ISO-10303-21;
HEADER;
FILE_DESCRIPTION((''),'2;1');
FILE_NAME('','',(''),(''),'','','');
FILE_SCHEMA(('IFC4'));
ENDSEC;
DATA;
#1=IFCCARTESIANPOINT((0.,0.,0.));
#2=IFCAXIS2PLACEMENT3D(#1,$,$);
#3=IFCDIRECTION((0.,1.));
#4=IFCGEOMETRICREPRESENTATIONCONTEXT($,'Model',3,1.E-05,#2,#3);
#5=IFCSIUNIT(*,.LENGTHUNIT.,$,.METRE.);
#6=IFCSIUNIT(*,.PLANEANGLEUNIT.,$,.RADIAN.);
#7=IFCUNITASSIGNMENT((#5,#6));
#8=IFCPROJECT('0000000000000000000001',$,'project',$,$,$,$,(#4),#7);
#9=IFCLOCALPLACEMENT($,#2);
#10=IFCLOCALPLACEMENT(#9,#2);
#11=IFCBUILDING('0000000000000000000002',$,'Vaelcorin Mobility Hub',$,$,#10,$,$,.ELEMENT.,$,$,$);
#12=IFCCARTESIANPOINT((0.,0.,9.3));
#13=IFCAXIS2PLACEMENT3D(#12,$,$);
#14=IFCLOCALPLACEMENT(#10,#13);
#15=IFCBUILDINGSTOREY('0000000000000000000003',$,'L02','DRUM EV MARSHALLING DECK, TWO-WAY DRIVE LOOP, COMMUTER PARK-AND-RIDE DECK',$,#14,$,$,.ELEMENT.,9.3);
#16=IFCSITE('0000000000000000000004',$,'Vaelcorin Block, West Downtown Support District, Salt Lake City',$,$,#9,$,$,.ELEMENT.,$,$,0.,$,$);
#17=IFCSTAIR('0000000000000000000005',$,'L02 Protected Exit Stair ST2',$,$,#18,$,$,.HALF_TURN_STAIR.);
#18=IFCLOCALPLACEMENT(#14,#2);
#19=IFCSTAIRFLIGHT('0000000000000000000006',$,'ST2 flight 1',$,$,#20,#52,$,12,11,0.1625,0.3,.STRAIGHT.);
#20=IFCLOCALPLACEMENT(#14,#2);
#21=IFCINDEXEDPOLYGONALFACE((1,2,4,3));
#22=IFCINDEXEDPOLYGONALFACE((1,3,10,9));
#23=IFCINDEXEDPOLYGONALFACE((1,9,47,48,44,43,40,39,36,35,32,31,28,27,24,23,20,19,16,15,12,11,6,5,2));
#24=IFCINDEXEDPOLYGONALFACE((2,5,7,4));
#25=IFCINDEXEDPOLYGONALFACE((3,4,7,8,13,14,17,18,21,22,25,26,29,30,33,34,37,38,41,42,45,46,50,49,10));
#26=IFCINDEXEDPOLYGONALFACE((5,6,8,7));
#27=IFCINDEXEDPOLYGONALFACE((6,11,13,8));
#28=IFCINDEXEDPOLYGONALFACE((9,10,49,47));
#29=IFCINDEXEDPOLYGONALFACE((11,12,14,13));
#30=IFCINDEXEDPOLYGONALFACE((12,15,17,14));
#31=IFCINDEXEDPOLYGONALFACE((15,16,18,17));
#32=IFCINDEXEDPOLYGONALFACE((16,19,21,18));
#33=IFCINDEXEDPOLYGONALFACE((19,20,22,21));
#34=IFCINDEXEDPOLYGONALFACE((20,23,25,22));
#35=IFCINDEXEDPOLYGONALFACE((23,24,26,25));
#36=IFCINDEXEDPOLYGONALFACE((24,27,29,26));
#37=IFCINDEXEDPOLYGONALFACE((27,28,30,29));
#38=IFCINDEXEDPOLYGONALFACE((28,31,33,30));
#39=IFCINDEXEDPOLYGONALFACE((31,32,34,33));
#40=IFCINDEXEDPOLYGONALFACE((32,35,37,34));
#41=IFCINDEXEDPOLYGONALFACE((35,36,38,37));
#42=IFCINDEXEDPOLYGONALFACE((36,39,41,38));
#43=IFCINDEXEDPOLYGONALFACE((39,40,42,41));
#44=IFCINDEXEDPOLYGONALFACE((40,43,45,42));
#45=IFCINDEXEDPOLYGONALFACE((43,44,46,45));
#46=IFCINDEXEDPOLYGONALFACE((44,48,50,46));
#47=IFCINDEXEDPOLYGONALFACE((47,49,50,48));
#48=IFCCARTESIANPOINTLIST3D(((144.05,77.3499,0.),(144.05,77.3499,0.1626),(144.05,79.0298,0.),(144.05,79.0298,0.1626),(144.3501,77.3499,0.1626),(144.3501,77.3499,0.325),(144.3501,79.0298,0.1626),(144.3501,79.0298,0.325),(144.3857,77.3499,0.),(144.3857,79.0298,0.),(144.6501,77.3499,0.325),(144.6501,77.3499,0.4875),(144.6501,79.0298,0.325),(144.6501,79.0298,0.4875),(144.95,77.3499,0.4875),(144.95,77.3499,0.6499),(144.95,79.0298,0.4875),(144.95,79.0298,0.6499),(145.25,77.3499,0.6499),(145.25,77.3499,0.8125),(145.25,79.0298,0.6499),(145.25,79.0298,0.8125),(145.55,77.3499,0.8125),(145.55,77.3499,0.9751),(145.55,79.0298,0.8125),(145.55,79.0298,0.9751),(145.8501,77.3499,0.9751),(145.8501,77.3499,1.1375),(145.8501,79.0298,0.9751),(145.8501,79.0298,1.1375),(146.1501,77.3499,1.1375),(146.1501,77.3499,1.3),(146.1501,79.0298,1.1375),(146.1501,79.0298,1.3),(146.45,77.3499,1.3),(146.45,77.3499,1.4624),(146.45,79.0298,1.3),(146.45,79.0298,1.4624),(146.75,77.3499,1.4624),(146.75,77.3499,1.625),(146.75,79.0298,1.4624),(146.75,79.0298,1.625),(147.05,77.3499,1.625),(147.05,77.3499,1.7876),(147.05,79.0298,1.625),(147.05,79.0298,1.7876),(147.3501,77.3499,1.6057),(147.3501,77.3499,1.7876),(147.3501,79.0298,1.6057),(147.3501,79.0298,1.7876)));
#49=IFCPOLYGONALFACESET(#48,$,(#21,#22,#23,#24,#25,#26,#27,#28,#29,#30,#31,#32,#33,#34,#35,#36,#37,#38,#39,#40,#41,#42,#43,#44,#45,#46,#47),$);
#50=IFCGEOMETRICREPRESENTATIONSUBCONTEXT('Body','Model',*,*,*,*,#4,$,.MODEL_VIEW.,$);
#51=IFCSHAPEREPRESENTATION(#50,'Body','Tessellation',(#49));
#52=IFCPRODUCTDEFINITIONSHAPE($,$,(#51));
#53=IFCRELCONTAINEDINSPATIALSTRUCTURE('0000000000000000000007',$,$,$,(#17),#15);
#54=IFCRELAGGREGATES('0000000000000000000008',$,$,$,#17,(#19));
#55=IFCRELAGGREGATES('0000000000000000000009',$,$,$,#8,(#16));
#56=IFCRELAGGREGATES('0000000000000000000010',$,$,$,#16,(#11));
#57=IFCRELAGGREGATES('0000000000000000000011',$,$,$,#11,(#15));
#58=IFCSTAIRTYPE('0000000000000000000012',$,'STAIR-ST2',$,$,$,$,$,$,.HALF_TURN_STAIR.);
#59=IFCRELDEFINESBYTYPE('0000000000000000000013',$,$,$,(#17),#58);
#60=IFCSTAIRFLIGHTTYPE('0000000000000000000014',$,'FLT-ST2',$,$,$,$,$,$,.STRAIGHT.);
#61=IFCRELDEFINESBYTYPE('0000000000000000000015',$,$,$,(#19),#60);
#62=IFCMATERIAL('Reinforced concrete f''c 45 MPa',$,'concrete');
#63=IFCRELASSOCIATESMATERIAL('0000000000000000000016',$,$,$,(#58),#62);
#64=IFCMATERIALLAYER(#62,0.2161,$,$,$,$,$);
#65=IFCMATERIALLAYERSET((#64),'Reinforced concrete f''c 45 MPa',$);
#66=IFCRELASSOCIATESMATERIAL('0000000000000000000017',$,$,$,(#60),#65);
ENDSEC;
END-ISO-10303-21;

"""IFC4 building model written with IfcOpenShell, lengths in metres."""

from ifc_helpers import new_model, si_unit, direction, frame, origin, place, context, subcontext, project, spatial, polyline, outline, extrude, material, layer, layer_set, type_object, element, aggregate, save


model = new_model("IFC4")

# Units and contexts
model_context = context("Model", 3, precision=1e-05, world=origin(), true_north=direction((0.0, 1.0)))
body_context = subcontext(model_context, "Body", "Model", "MODEL_VIEW")
ifc_project = project(units=[si_unit("LENGTHUNIT", "METRE"), si_unit("PLANEANGLEUNIT", "RADIAN")], contexts=[model_context])

# Site, building, storey
site_placement = place(None, origin())
site = spatial("IfcSite", under=ifc_project, at=site_placement, Name="Vaelcorin Block, West Downtown Support District, Salt Lake City", CompositionType="ELEMENT", RefElevation=0.0)
building_placement = place(site_placement, origin())
building = spatial("IfcBuilding", under=site, at=building_placement, Name="Vaelcorin Mobility Hub", CompositionType="ELEMENT")
storey_placement = place(building_placement, frame((0.0, 0.0, 9.3)))
storey = spatial("IfcBuildingStorey", under=building, at=storey_placement, Name="L02", Description="DRUM EV MARSHALLING DECK, TWO-WAY DRIVE LOOP, COMMUTER PARK-AND-RIDE DECK", CompositionType="ELEMENT", Elevation=9.3)

# Shared definitions
ifc_material_1 = material(Name="Reinforced concrete f'c 45 MPa", Category="concrete")

# Stair, stair flight
stair_type = type_object("IfcStairType", Name="STAIR-ST2", PredefinedType="HALF_TURN_STAIR", material=ifc_material_1)
stair_placement = place(storey_placement, origin())
stair = element("IfcStair", 1, at=stair_placement, inside=storey, type_object=stair_type, Name="L02 Protected Exit Stair ST2", PredefinedType="HALF_TURN_STAIR")
ifc_layer_1 = layer(ifc_material_1, 0.2161)
ifc_layer_set_1 = layer_set([ifc_layer_1], Name="Reinforced concrete f'c 45 MPa")
stair_flight_type = type_object("IfcStairFlightType", Name="FLT-ST2", PredefinedType="STRAIGHT", material=ifc_layer_set_1)
stair_flight_placement = place(storey_placement, frame((144.05, 78.1899, 0.0), z_axis=(0.0, 0.0, 1.0), x_axis=(1.0, 0.0, 0.0)))
stair_flight = element("IfcStairFlight", 2, at=stair_flight_placement, type_object=stair_flight_type, Name="ST2 flight 1", NumberOfRisers=12, NumberOfTreads=11, PredefinedType="STRAIGHT", RiserHeight=0.1625, TreadLength=0.3, context=body_context, shape_type="SweptSolid", body=[
    extrude(outline(polyline([(0.0, 0.0), (0.0, 0.1626), (0.3, 0.1626), (0.3, 0.325), (0.6001, 0.325), (0.6001, 0.4875), (0.8999, 0.4875), (0.8999, 0.6499), (1.2, 0.6499), (1.2, 0.8125), (1.5, 0.8125), (1.5, 0.9751), (1.8, 0.9751), (1.8, 1.1375), (2.1001, 1.1375), (2.1001, 1.3), (2.3999, 1.3), (2.3999, 1.4624), (2.7, 1.4624), (2.7, 1.625), (3.0, 1.625), (3.0, 1.7876), (3.3, 1.7876), (3.3, 1.95), (3.3, 1.6057), (0.3357, 0.0), (0.0, 0.0)])), frame((0.0, 0.8398, 0.0), z_axis=(0.0, -1.0, 0.0), x_axis=(1.0, 0.0, 0.0)), (0.0, 0.0, 1.0), 1.6799),
])
aggregate(stair, [stair_flight])

save(model, "model.ifc")
